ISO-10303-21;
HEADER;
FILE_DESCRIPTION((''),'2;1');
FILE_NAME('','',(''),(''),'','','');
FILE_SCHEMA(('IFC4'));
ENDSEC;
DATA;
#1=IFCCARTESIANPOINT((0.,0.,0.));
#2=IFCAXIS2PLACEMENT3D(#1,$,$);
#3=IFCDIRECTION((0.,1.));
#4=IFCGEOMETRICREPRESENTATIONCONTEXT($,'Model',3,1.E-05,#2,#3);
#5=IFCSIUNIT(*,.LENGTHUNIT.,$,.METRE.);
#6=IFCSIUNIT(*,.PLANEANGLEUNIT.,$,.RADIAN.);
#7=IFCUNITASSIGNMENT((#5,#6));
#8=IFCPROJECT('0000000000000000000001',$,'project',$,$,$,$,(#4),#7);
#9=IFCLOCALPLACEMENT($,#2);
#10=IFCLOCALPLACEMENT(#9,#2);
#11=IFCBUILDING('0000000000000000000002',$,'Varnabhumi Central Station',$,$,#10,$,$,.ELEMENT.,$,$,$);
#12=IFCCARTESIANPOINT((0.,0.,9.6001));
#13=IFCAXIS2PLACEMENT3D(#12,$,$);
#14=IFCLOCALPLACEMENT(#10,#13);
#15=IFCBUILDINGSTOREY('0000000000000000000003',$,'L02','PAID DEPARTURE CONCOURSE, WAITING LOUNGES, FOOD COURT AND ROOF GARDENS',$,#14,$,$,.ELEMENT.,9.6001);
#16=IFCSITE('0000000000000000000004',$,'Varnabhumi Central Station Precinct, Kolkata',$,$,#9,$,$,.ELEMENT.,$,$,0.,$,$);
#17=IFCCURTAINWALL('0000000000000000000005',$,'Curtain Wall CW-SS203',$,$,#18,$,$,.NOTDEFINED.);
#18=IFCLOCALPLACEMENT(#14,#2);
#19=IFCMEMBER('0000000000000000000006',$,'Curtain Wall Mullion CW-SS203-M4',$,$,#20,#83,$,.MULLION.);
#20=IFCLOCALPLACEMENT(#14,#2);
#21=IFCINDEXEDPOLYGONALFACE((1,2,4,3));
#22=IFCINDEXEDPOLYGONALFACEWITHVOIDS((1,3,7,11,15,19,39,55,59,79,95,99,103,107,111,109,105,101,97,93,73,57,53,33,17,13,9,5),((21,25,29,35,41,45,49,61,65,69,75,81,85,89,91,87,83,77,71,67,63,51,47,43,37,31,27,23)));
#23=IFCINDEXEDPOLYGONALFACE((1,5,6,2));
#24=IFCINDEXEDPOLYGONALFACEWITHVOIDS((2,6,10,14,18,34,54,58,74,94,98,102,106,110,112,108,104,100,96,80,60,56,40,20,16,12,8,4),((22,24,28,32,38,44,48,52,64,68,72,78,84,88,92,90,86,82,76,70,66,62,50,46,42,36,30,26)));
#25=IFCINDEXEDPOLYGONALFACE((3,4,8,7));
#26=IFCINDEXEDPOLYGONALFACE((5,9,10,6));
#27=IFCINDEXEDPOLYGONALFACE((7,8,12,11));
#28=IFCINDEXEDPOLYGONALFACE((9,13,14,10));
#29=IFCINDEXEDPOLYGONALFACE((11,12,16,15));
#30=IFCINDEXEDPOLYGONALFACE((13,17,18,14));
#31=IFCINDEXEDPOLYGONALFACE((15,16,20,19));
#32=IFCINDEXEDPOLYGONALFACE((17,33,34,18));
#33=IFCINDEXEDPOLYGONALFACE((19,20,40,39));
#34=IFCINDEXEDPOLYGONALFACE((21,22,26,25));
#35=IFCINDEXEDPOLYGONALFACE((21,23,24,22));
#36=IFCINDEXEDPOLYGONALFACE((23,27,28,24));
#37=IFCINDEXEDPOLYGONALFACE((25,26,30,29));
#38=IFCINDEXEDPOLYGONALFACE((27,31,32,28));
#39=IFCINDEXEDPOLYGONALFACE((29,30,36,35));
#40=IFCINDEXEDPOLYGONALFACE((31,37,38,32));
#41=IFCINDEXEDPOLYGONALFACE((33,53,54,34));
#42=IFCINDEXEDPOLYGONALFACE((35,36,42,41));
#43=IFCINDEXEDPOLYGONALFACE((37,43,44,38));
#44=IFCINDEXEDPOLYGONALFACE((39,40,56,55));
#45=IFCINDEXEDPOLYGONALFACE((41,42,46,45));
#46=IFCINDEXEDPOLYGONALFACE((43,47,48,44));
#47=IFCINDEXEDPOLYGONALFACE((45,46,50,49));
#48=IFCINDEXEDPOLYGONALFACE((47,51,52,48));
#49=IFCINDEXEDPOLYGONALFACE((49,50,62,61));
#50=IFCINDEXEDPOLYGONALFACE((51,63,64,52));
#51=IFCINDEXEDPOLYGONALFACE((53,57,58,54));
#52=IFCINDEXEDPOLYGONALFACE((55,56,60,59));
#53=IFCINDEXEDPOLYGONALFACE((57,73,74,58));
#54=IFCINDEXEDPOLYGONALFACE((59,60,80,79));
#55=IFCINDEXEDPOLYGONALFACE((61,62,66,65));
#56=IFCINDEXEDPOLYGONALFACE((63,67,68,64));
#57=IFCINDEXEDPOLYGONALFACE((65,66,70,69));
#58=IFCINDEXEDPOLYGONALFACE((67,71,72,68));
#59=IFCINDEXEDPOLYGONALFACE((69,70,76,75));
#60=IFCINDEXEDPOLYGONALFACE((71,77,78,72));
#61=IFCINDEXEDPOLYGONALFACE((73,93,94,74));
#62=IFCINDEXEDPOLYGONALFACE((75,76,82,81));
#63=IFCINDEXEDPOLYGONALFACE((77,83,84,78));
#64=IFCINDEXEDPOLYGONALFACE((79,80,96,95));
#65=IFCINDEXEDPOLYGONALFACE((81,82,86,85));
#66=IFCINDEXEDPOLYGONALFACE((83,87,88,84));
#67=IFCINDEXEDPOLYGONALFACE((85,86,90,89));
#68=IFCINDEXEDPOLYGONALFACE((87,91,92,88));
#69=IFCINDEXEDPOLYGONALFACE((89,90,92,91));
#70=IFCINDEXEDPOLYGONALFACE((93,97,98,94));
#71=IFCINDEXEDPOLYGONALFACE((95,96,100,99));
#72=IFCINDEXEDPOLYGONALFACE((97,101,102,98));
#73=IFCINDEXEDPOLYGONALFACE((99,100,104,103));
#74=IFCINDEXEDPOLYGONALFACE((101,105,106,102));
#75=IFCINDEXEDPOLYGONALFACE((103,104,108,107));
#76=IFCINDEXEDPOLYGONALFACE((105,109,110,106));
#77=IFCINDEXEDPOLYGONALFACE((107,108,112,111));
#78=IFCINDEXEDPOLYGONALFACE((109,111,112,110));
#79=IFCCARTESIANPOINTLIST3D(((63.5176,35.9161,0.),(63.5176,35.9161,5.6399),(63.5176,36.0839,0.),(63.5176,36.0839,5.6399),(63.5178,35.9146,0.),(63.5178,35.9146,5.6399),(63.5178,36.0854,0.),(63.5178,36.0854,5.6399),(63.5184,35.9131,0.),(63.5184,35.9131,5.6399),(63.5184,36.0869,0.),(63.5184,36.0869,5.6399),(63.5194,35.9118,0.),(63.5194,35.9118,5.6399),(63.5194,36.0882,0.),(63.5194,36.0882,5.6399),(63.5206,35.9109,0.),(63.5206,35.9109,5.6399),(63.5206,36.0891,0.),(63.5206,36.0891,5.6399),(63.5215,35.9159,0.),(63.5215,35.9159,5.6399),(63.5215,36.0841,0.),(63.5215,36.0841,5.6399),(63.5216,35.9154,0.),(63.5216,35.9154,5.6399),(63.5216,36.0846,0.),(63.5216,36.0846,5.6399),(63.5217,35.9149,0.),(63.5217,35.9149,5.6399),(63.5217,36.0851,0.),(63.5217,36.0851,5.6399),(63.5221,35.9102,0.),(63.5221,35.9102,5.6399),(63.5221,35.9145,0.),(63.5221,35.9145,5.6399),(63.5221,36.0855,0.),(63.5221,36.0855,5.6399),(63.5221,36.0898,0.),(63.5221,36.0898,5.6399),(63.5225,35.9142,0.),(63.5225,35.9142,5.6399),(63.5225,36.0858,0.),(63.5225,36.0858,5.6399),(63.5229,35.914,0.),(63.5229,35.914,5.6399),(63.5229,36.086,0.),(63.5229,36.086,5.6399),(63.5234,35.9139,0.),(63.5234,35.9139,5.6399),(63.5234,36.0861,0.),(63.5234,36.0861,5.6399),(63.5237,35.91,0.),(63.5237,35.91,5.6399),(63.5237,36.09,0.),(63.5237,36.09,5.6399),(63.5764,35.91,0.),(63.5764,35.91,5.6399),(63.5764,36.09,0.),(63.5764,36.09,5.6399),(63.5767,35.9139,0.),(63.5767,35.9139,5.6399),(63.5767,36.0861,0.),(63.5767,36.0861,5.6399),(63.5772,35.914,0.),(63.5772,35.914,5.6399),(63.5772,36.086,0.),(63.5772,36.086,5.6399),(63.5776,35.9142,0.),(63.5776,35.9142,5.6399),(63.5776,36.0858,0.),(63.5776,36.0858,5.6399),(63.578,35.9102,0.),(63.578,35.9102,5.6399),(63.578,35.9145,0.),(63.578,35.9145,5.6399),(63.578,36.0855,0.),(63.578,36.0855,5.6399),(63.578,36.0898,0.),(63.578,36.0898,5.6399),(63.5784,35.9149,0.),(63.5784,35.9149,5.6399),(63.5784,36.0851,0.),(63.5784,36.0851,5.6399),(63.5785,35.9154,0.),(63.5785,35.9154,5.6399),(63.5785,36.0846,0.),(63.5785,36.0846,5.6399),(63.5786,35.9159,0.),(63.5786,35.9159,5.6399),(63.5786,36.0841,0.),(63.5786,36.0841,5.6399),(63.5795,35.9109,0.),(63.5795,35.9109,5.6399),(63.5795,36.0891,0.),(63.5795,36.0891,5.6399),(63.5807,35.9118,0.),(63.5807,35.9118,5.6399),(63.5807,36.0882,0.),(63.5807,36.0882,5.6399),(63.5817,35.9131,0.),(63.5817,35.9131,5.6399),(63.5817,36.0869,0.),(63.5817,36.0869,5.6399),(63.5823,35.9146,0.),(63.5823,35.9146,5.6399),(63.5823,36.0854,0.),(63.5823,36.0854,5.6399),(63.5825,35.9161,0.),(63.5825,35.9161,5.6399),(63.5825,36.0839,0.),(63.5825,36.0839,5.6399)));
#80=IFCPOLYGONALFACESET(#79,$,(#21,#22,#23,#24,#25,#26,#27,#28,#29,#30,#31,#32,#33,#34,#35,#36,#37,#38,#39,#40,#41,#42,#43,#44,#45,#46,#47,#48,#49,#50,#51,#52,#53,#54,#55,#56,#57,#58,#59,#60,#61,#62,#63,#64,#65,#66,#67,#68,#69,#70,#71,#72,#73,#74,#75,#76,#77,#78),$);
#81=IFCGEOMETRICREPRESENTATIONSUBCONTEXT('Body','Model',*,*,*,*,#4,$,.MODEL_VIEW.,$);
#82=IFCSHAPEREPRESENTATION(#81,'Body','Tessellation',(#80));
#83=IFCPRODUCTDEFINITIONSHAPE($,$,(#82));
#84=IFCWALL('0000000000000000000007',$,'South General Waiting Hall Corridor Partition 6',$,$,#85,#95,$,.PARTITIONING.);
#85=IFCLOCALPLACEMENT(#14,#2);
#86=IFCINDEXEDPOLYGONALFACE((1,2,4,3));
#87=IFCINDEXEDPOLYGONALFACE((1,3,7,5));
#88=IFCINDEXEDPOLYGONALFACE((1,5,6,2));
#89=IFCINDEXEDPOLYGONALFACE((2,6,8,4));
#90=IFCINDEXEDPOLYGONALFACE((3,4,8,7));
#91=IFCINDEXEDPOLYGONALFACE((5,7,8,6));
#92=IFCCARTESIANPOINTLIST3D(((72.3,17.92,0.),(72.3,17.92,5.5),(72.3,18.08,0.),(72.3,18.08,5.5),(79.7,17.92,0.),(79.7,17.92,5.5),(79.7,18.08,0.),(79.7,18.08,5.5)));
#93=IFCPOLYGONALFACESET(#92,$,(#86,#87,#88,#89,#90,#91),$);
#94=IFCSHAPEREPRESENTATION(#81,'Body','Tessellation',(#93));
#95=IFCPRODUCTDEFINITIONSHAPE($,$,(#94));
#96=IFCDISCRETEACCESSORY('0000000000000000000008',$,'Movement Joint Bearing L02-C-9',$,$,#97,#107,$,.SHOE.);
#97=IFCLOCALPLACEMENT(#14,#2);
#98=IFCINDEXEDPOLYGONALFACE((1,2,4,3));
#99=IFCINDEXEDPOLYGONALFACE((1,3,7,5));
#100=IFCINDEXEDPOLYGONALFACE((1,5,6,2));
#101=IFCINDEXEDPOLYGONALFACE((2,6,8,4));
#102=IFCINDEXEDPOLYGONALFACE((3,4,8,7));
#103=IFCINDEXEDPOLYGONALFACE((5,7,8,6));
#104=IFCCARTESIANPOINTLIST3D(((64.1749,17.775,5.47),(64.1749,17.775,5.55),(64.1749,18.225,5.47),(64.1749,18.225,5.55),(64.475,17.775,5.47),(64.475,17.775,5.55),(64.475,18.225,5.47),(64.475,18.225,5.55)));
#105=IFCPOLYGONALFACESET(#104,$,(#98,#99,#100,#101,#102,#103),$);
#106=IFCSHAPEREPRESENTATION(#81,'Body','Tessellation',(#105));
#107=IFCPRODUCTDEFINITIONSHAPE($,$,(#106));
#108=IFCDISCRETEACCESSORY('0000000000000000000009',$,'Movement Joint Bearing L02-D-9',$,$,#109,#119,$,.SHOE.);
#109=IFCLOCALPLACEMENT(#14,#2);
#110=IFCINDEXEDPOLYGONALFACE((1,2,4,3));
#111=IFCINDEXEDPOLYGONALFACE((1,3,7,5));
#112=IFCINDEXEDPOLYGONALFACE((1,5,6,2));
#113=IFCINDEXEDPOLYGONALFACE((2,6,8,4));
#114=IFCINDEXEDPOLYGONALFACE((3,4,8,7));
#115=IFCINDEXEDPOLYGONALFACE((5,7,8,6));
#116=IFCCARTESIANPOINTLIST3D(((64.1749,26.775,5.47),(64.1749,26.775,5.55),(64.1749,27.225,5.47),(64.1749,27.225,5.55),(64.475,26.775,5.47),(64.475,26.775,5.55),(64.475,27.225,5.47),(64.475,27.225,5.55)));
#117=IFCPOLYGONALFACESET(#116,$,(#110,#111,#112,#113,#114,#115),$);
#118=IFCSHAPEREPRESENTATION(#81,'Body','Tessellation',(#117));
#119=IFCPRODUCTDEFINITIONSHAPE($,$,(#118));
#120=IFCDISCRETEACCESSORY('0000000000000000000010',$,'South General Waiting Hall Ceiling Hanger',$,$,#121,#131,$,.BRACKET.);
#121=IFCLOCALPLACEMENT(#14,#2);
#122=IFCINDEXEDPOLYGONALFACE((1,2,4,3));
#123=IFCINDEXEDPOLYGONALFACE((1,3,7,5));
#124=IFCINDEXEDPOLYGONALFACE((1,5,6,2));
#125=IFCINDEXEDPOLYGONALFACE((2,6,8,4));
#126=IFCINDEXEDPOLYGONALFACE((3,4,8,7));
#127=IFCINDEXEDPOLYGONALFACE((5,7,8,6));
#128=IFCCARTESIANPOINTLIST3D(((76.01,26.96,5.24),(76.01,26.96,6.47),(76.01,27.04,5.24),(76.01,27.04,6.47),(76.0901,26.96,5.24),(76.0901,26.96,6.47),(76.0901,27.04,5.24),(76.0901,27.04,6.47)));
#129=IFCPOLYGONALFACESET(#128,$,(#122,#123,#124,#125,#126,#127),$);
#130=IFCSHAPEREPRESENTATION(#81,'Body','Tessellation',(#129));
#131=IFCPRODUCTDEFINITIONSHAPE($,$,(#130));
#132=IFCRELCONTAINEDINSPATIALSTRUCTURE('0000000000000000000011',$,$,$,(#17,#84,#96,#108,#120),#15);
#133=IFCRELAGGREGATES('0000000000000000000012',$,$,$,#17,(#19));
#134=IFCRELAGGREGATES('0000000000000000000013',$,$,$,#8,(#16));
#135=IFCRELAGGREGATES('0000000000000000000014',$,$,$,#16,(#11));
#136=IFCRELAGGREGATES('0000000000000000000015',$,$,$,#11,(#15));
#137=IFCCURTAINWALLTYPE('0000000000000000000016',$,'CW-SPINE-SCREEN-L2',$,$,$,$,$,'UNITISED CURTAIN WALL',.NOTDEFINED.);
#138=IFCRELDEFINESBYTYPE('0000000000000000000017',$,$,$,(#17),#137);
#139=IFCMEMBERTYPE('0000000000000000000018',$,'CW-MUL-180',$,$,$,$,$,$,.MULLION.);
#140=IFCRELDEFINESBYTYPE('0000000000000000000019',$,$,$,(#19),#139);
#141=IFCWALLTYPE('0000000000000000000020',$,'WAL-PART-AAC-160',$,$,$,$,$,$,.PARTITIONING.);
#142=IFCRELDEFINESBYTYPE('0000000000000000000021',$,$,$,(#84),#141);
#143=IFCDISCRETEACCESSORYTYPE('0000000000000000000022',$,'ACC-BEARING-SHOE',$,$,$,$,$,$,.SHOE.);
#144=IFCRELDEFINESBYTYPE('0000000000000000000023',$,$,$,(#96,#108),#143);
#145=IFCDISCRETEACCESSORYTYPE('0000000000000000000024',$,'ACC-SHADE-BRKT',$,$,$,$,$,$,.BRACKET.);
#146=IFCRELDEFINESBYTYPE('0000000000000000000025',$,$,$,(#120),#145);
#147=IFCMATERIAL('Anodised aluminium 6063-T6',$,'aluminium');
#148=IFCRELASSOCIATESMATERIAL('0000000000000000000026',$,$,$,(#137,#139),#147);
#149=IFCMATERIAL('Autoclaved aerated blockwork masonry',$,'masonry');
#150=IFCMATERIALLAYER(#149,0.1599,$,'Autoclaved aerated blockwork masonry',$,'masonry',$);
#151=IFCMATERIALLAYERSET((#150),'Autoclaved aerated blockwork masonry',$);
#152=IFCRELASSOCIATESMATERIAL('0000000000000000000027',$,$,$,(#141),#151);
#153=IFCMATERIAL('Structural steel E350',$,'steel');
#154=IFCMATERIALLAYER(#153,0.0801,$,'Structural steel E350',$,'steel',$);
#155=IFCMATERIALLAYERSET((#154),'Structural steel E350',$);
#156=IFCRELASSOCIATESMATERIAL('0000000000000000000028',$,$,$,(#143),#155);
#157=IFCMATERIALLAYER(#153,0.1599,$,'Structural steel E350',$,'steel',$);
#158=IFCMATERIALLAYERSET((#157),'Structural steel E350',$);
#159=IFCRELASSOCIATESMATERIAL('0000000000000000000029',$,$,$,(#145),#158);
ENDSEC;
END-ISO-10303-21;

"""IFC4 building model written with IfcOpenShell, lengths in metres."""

from ifc_helpers import new_model, si_unit, direction, frame, frame_2d, origin, origin_2d, place, context, subcontext, project, spatial, rectangle, hollow_rectangle, extrude, material, layer, layer_set, material_profile, profile_set, type_object, element, aggregate, save


model = new_model("IFC4")

# Units and contexts
model_context = context("Model", 3, precision=1e-05, world=origin(), true_north=direction((0.0, 1.0)))
body_context = subcontext(model_context, "Body", "Model", "MODEL_VIEW")
ifc_project = project(units=[si_unit("LENGTHUNIT", "METRE"), si_unit("PLANEANGLEUNIT", "RADIAN")], contexts=[model_context])

# Site, building, storey
site_placement = place(None, origin())
site = spatial("IfcSite", under=ifc_project, at=site_placement, Name="Varnabhumi Central Station Precinct, Kolkata", CompositionType="ELEMENT", RefElevation=0.0)
building_placement = place(site_placement, origin())
building = spatial("IfcBuilding", under=site, at=building_placement, Name="Varnabhumi Central Station", CompositionType="ELEMENT")
storey_placement = place(building_placement, frame((0.0, 0.0, 9.6001)))
storey = spatial("IfcBuildingStorey", under=building, at=storey_placement, Name="L02", Description="PAID DEPARTURE CONCOURSE, WAITING LOUNGES, FOOD COURT AND ROOF GARDENS", CompositionType="ELEMENT", Elevation=9.6001)

# Shared definitions
ifc_material_1 = material(Name="Structural steel E350", Category="steel")

# Curtain wall, member
ifc_material_2 = material(Name="Anodised aluminium 6063-T6", Category="aluminium")
curtain_wall_type = type_object("IfcCurtainWallType", Name="CW-SPINE-SCREEN-L2", ElementType="UNITISED CURTAIN WALL", PredefinedType="NOTDEFINED", material=ifc_material_2)
curtain_wall_placement = place(storey_placement, origin())
curtain_wall = element("IfcCurtainWall", 1, at=curtain_wall_placement, inside=storey, type_object=curtain_wall_type, Name="Curtain Wall CW-SS203", PredefinedType="NOTDEFINED")
ifc_material_profile_1 = material_profile(ifc_material_2, hollow_rectangle(XDim=0.0649, YDim=0.1799, WallThickness=0.0039, InnerFilletRadius=0.002, OuterFilletRadius=0.0061, at=origin_2d()), Name="Anodised aluminium 6063-T6", Category="aluminium")
ifc_profile_set_1 = profile_set([ifc_material_profile_1], Name="Anodised aluminium 6063-T6")
member_type = type_object("IfcMemberType", Name="CW-MUL-180", PredefinedType="MULLION", material=ifc_profile_set_1)
member_placement = place(storey_placement, frame((63.55, 36.0, 0.0), z_axis=(0.0, 0.0, 1.0), x_axis=(1.0, 0.0, 0.0)))
member = element("IfcMember", 2, at=member_placement, type_object=member_type, Name="Curtain Wall Mullion CW-SS203-M4", PredefinedType="MULLION", context=body_context, shape_type="SweptSolid", body=[
    extrude(hollow_rectangle(XDim=0.0649, YDim=0.1799, WallThickness=0.0039, InnerFilletRadius=0.002, OuterFilletRadius=0.0061, at=origin_2d()), origin(), (0.0, 0.0, 1.0), 5.6399),
])
aggregate(curtain_wall, [member])

# Wall
ifc_material_3 = material(Name="Autoclaved aerated blockwork masonry", Category="masonry")
ifc_layer_1 = layer(ifc_material_3, 0.1599, Name="Autoclaved aerated blockwork masonry", Category="masonry")
ifc_layer_set_1 = layer_set([ifc_layer_1], Name="Autoclaved aerated blockwork masonry")
wall_type = type_object("IfcWallType", Name="WAL-PART-AAC-160", PredefinedType="PARTITIONING", material=ifc_layer_set_1)
wall_placement = place(storey_placement, frame((72.3, 18.0, 0.0), z_axis=(0.0, 0.0, 1.0), x_axis=(1.0, 0.0, 0.0)))
element("IfcWall", 3, at=wall_placement, inside=storey, type_object=wall_type, Name="South General Waiting Hall Corridor Partition 6", PredefinedType="PARTITIONING", context=body_context, shape_type="SweptSolid", body=[
    extrude(rectangle(XDim=7.3999, YDim=0.1599, at=frame_2d((3.7, 0.0))), origin(), (0.0, 0.0, 1.0), 5.5),
])

# Discrete accessories
ifc_layer_2 = layer(ifc_material_1, 0.0801, Name="Structural steel E350", Category="steel")
ifc_layer_set_2 = layer_set([ifc_layer_2], Name="Structural steel E350")
discrete_accessory_type_1 = type_object("IfcDiscreteAccessoryType", Name="ACC-BEARING-SHOE", PredefinedType="SHOE", material=ifc_layer_set_2)
for number, where, z_axis, x_axis, name in (
    (4, (64.325, 18.0, 5.47), (0.0, 0.0, 1.0), (1.0, 0.0, 0.0), "Movement Joint Bearing L02-C-9"),
    (5, (64.325, 27.0, 5.47), (0.0, 0.0, 1.0), (1.0, 0.0, 0.0), "Movement Joint Bearing L02-D-9"),
):
    element("IfcDiscreteAccessory", number, at=place(storey_placement, frame(where, z_axis=z_axis, x_axis=x_axis)), inside=storey, type_object=discrete_accessory_type_1, Name=name, PredefinedType="SHOE", context=body_context, shape_type="SweptSolid", body=[
        extrude(rectangle(XDim=0.3, YDim=0.45, at=origin_2d()), origin(), (0.0, 0.0, 1.0), 0.0801),
    ])
ifc_layer_3 = layer(ifc_material_1, 0.1599, Name="Structural steel E350", Category="steel")
ifc_layer_set_3 = layer_set([ifc_layer_3], Name="Structural steel E350")
discrete_accessory_type_2 = type_object("IfcDiscreteAccessoryType", Name="ACC-SHADE-BRKT", PredefinedType="BRACKET", material=ifc_layer_set_3)
discrete_accessory_placement = place(storey_placement, frame((76.05, 27.0, 5.24), z_axis=(0.0, 0.0, 1.0), x_axis=(1.0, 0.0, 0.0)))
element("IfcDiscreteAccessory", 6, at=discrete_accessory_placement, inside=storey, type_object=discrete_accessory_type_2, Name="South General Waiting Hall Ceiling Hanger", PredefinedType="BRACKET", context=body_context, shape_type="SweptSolid", body=[
    extrude(rectangle(XDim=0.0801, YDim=0.0801, at=origin_2d()), origin(), (0.0, 0.0, 1.0), 1.23),
])

save(model, "model.ifc")
